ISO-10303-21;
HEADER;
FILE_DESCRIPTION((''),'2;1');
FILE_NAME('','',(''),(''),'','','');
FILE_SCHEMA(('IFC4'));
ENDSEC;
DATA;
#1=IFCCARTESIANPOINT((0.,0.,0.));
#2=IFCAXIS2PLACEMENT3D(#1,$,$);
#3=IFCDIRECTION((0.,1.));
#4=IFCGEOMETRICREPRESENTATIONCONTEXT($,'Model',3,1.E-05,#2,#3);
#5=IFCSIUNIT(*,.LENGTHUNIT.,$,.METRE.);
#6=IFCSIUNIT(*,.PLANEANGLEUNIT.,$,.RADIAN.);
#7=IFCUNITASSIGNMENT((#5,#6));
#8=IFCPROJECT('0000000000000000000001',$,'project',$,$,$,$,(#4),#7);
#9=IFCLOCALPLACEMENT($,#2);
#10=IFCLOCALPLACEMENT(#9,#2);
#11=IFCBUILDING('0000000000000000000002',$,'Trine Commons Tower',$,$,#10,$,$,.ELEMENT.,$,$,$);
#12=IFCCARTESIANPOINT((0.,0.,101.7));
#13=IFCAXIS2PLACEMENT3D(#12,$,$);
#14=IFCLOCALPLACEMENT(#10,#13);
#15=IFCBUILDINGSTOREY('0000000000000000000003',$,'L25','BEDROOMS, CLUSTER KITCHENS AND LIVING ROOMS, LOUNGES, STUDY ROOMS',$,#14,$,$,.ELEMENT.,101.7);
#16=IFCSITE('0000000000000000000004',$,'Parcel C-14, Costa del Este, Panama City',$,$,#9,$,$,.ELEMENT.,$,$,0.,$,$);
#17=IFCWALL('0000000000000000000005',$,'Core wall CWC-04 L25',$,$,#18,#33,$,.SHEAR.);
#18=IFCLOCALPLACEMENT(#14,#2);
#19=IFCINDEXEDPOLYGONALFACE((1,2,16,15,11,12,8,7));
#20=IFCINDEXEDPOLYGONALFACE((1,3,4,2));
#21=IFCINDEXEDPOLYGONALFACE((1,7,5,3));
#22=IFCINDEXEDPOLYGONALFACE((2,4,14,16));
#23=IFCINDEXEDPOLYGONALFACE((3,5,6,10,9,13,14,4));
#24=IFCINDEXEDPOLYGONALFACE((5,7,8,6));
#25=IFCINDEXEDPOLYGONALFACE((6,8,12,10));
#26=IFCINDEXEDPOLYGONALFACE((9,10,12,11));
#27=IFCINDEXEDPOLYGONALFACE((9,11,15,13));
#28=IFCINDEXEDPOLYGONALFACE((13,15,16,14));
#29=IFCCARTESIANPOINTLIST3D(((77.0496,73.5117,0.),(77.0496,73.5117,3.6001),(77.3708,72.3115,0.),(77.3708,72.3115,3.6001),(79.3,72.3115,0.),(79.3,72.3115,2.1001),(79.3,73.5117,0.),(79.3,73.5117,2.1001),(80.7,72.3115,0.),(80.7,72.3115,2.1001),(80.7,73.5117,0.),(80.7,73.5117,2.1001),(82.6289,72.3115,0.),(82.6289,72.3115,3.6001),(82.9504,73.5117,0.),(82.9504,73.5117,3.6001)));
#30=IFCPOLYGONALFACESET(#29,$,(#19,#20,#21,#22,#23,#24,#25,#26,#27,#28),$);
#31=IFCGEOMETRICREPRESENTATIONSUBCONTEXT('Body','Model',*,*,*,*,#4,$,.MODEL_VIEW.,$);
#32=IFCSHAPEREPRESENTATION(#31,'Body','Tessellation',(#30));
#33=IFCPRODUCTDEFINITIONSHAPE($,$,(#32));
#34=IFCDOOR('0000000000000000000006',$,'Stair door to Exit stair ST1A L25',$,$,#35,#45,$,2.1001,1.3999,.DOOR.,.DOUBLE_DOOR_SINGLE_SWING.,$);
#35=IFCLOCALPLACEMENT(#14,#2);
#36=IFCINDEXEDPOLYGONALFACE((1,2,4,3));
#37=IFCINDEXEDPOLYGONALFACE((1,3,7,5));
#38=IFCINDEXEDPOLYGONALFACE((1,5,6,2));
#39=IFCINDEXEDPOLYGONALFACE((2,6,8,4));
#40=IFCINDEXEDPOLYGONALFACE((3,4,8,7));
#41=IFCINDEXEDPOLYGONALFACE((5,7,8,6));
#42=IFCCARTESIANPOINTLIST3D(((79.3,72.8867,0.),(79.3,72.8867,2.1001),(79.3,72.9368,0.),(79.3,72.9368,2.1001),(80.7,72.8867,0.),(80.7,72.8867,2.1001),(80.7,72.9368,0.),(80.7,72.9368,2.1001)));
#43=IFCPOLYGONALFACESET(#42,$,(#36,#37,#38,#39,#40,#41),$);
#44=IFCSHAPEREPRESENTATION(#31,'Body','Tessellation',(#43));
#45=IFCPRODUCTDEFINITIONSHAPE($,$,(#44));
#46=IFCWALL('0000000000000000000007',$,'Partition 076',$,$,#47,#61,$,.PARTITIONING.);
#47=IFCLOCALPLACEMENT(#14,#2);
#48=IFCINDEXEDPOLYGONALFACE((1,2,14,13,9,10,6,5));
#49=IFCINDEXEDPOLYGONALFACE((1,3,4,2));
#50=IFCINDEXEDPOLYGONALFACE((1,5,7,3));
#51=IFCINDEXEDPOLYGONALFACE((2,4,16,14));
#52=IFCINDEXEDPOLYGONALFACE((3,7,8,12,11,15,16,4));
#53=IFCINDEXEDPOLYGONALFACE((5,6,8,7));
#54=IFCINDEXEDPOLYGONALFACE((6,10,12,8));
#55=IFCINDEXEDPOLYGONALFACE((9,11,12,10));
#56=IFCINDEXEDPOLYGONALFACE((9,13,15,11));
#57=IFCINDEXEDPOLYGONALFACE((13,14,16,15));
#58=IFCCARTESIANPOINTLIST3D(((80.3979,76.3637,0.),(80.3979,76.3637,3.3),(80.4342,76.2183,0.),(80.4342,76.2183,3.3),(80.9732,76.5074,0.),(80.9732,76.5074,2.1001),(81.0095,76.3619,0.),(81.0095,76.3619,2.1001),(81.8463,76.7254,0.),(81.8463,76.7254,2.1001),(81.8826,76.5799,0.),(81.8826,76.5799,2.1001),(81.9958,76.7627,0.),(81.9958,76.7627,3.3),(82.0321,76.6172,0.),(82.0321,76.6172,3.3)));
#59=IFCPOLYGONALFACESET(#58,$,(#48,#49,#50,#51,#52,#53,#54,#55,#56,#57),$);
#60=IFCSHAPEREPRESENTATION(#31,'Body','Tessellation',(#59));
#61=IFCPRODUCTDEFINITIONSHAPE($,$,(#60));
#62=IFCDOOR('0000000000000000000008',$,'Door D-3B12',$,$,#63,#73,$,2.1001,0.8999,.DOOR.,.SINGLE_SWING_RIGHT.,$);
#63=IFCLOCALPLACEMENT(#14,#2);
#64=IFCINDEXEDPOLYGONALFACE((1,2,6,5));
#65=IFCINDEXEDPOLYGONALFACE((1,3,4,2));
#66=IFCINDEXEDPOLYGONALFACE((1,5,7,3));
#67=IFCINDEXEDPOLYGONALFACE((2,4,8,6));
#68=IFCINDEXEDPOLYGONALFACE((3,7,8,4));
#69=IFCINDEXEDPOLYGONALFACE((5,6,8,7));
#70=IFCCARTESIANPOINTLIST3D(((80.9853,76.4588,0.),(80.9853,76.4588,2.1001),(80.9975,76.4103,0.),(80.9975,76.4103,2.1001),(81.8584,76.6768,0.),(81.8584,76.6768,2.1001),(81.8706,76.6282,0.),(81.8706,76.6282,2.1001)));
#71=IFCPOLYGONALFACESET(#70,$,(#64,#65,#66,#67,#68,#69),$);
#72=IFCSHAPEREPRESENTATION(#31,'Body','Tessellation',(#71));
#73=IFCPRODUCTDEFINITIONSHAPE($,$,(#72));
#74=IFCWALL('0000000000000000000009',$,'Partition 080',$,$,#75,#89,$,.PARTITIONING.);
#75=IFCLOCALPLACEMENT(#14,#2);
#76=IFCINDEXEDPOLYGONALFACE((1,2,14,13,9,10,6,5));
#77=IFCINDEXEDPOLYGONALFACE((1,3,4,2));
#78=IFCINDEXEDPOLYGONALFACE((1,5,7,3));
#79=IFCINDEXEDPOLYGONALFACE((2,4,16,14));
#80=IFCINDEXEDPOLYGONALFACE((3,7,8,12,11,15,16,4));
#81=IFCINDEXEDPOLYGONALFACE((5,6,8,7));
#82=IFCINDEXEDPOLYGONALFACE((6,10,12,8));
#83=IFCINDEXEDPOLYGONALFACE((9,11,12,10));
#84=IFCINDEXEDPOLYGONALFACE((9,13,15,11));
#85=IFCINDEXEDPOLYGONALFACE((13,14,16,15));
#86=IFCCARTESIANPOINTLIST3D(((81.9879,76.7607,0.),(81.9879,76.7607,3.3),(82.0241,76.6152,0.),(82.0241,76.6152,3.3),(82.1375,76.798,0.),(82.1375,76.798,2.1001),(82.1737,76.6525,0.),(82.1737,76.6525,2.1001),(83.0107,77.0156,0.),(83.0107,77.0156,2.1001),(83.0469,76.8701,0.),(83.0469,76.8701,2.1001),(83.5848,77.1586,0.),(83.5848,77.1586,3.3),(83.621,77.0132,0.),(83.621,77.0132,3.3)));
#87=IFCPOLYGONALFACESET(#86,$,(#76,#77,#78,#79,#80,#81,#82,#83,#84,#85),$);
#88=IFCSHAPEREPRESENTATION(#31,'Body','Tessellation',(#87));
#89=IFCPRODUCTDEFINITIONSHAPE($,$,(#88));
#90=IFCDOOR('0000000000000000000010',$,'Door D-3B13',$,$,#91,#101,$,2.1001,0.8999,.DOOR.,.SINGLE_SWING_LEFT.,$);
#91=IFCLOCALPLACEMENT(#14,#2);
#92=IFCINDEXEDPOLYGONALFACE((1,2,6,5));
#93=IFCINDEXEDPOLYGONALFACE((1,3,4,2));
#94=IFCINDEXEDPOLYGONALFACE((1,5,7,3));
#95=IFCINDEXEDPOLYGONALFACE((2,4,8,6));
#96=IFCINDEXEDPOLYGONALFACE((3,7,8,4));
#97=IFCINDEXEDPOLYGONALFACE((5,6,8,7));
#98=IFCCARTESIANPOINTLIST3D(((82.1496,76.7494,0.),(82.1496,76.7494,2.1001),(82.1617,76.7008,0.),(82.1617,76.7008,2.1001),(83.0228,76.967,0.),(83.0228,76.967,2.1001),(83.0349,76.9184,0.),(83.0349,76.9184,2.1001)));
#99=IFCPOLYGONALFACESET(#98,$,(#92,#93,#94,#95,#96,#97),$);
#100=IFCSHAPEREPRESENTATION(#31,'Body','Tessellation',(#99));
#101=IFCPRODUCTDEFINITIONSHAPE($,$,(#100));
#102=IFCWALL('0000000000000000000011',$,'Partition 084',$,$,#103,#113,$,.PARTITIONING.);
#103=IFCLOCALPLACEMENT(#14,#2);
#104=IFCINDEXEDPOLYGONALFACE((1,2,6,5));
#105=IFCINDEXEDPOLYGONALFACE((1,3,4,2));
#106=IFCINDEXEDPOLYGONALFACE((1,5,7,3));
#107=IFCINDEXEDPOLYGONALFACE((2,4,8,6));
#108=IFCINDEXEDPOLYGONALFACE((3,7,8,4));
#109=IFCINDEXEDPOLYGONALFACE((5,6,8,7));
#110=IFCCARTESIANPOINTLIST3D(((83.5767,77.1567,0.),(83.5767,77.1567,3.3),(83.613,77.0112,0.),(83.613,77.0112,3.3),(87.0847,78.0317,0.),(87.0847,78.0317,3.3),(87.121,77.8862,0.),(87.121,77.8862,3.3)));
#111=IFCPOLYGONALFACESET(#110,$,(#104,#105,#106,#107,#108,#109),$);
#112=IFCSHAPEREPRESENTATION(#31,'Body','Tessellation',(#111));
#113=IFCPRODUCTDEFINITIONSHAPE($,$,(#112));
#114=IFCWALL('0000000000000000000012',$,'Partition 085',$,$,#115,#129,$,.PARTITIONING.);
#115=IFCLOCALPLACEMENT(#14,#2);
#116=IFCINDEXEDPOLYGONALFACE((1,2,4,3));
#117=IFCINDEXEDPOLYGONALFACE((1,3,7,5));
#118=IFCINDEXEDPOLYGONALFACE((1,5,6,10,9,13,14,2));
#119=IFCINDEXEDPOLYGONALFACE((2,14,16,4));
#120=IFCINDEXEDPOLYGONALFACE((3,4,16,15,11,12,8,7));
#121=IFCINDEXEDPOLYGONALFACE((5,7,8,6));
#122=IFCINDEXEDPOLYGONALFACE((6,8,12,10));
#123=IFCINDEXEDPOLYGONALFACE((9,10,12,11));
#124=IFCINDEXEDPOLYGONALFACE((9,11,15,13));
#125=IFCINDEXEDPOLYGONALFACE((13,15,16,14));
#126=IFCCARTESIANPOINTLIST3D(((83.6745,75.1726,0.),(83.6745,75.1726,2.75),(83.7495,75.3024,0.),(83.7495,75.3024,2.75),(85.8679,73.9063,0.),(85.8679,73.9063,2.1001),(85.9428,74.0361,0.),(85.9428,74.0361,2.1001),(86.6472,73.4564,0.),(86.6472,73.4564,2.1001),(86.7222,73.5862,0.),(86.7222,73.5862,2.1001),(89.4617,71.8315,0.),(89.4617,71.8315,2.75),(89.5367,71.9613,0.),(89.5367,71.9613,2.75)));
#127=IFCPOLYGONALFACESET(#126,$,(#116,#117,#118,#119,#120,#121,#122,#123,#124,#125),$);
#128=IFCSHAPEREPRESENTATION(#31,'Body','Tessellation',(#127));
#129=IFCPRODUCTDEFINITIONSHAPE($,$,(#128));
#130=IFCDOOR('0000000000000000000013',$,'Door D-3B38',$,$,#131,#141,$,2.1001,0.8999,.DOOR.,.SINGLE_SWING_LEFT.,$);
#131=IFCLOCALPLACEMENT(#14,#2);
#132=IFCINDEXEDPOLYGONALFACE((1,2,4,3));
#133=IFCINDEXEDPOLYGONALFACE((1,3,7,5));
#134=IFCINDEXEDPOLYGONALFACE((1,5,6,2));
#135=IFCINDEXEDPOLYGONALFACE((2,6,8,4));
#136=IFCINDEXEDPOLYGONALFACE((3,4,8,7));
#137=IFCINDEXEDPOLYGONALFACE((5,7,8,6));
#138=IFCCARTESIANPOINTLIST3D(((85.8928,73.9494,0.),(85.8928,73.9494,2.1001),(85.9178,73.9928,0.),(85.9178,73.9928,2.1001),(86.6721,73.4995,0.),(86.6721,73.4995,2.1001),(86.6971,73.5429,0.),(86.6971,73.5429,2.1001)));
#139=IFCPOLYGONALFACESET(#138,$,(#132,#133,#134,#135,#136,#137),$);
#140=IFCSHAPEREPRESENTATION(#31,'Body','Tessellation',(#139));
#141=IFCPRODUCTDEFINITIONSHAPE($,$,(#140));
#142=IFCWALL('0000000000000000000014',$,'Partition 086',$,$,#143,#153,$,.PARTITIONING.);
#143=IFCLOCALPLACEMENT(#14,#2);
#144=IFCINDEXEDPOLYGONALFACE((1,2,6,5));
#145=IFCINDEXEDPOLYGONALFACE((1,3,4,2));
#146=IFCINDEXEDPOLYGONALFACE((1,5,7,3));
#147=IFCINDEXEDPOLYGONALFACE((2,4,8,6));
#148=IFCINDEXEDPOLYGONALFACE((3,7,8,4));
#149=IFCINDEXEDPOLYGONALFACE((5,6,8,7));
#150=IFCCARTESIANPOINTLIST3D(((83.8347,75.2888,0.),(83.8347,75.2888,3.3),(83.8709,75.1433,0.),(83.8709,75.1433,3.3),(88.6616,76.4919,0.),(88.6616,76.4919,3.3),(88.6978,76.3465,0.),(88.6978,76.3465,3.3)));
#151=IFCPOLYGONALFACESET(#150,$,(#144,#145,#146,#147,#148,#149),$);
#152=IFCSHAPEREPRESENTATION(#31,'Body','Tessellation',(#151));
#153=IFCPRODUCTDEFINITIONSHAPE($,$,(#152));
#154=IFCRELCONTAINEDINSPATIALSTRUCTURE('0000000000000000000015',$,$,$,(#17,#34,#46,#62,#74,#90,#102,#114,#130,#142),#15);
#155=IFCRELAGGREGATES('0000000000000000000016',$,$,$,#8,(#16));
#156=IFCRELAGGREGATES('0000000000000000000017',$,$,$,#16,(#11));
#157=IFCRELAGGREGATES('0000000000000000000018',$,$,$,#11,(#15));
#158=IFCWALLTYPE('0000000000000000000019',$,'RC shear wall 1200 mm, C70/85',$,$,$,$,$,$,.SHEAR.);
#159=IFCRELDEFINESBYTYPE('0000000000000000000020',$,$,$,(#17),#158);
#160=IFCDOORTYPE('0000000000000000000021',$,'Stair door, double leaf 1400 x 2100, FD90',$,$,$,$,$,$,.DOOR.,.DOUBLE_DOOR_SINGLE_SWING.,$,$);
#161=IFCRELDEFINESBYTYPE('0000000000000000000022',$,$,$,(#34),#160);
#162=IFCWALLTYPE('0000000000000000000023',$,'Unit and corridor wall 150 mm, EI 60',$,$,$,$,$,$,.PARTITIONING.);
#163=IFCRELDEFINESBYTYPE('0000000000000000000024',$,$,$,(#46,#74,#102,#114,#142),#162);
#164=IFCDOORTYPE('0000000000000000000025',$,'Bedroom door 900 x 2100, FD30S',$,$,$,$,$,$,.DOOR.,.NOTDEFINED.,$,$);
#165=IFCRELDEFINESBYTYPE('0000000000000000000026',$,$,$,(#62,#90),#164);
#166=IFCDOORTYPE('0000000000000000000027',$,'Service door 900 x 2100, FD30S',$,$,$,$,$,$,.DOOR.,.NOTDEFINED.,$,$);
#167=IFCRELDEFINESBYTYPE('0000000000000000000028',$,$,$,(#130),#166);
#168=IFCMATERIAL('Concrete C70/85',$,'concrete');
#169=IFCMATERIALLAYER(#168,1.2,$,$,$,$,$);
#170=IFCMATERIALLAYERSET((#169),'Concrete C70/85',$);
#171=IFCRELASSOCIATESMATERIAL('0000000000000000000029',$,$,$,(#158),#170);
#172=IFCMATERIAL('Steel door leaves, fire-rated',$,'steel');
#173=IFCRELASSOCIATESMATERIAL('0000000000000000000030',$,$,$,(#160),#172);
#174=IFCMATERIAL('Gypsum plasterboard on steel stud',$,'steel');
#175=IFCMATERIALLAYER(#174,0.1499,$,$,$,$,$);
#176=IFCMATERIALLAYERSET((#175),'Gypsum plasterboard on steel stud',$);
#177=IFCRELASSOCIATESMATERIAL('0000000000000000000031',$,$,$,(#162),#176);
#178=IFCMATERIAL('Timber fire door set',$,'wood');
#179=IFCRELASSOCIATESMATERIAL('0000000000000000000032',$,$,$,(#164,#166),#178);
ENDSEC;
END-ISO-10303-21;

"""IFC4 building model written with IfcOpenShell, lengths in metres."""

from ifc_helpers import new_model, si_unit, direction, frame, frame_2d, origin, place, context, subcontext, project, spatial, polyline, rectangle, outline, extrude, material, layer, layer_set, type_object, element, fill, save


model = new_model("IFC4")

# Units and contexts
model_context = context("Model", 3, precision=1e-05, world=origin(), true_north=direction((0.0, 1.0)))
body_context = subcontext(model_context, "Body", "Model", "MODEL_VIEW")
ifc_project = project(units=[si_unit("LENGTHUNIT", "METRE"), si_unit("PLANEANGLEUNIT", "RADIAN")], contexts=[model_context])

# Site, building, storey
site_placement = place(None, origin())
site = spatial("IfcSite", under=ifc_project, at=site_placement, Name="Parcel C-14, Costa del Este, Panama City", CompositionType="ELEMENT", RefElevation=0.0)
building_placement = place(site_placement, origin())
building = spatial("IfcBuilding", under=site, at=building_placement, Name="Trine Commons Tower", CompositionType="ELEMENT")
storey_placement = place(building_placement, frame((0.0, 0.0, 101.7)))
storey = spatial("IfcBuildingStorey", under=building, at=storey_placement, Name="L25", Description="BEDROOMS, CLUSTER KITCHENS AND LIVING ROOMS, LOUNGES, STUDY ROOMS", CompositionType="ELEMENT", Elevation=101.7)

# Walls, openings, doors
ifc_material_1 = material(Name="Concrete C70/85", Category="concrete")
ifc_layer_1 = layer(ifc_material_1, 1.2)
ifc_layer_set_1 = layer_set([ifc_layer_1], Name="Concrete C70/85")
wall_type_1 = type_object("IfcWallType", Name="RC shear wall 1200 mm, C70/85", PredefinedType="SHEAR", material=ifc_layer_set_1)
wall_1_placement = place(storey_placement, frame((82.9504, 72.9116, 0.0), z_axis=(0.0, 0.0, 1.0), x_axis=(-1.0, 0.0, 0.0)))
wall_1 = element("IfcWall", 1, at=wall_1_placement, inside=storey, type_object=wall_type_1, Name="Core wall CWC-04 L25", PredefinedType="SHEAR", context=body_context, shape_type="SweptSolid", body=[
    extrude(outline(polyline([(0.0, -0.6001), (5.9009, -0.6001), (5.5796, 0.6001), (0.3215, 0.6001), (0.0, -0.6001)])), origin(), (0.0, 0.0, 1.0), 3.6001),
])
opening_1_placement = place(wall_1_placement, frame((2.2505, 0.0, 0.0)))
opening_1 = element("IfcOpeningElement", 2, at=opening_1_placement, cuts=wall_1, PredefinedType="OPENING", context=body_context, shape_type="SweptSolid", body=[
    extrude(rectangle(XDim=1.3999, YDim=2.1001, at=frame_2d((0.7, 1.05))), frame((0.0, 0.6099, 0.0), z_axis=(0.0, -1.0, 0.0), x_axis=(1.0, 0.0, 0.0)), (0.0, 0.0, 1.0), 1.22),
])
ifc_material_2 = material(Name="Steel door leaves, fire-rated", Category="steel")
door_type_1 = type_object("IfcDoorType", Name="Stair door, double leaf 1400 x 2100, FD90", OperationType="DOUBLE_DOOR_SINGLE_SWING", PredefinedType="DOOR", material=ifc_material_2)
door_1_placement = place(opening_1_placement, origin())
door_1 = element("IfcDoor", 3, at=door_1_placement, inside=storey, type_object=door_type_1, Name="Stair door to Exit stair ST1A L25", OperationType="DOUBLE_DOOR_SINGLE_SWING", OverallHeight=2.1001, OverallWidth=1.3999, PredefinedType="DOOR", context=body_context, shape_type="SweptSolid", body=[
    extrude(rectangle(XDim=1.3999, YDim=2.1001, at=frame_2d((0.7, 1.05))), frame((0.0, 0.0249, 0.0), z_axis=(0.0, -1.0, 0.0), x_axis=(1.0, 0.0, 0.0)), (0.0, 0.0, 1.0), 0.05),
])
fill(opening_1, door_1)
ifc_material_3 = material(Name="Gypsum plasterboard on steel stud", Category="steel")
ifc_layer_2 = layer(ifc_material_3, 0.1499)
ifc_layer_set_2 = layer_set([ifc_layer_2], Name="Gypsum plasterboard on steel stud")
wall_type_2 = type_object("IfcWallType", Name="Unit and corridor wall 150 mm, EI 60", PredefinedType="PARTITIONING", material=ifc_layer_set_2)
wall_2_placement = place(storey_placement, frame((80.416, 76.291, 0.0), z_axis=(0.0, 0.0, 1.0), x_axis=(0.970221, 0.242222, 0.0)))
wall_2 = element("IfcWall", 4, at=wall_2_placement, inside=storey, type_object=wall_type_2, Name="Partition 076", PredefinedType="PARTITIONING", context=body_context, shape_type="SweptSolid", body=[
    extrude(rectangle(XDim=1.647, YDim=0.1499, at=frame_2d((0.8235, 0.0))), origin(), (0.0, 0.0, 1.0), 3.3),
])
opening_2_placement = place(wall_2_placement, frame((0.593, 0.0, 0.0)))
opening_2 = element("IfcOpeningElement", 5, at=opening_2_placement, cuts=wall_2, PredefinedType="OPENING", context=body_context, shape_type="SweptSolid", body=[
    extrude(rectangle(XDim=0.8999, YDim=2.1001, at=frame_2d((0.45, 1.05))), frame((0.0, 0.085, 0.0), z_axis=(0.0, -1.0, 0.0), x_axis=(1.0, 0.0, 0.0)), (0.0, 0.0, 1.0), 0.1699),
])
ifc_material_4 = material(Name="Timber fire door set", Category="wood")
door_type_2 = type_object("IfcDoorType", Name="Bedroom door 900 x 2100, FD30S", OperationType="NOTDEFINED", PredefinedType="DOOR", material=ifc_material_4)
door_2_placement = place(opening_2_placement, origin())
door_2 = element("IfcDoor", 6, at=door_2_placement, inside=storey, type_object=door_type_2, Name="Door D-3B12", OperationType="SINGLE_SWING_RIGHT", OverallHeight=2.1001, OverallWidth=0.8999, PredefinedType="DOOR", context=body_context, shape_type="SweptSolid", body=[
    extrude(rectangle(XDim=0.8999, YDim=2.1001, at=frame_2d((0.45, 1.05))), frame((0.0, 0.0249, 0.0), z_axis=(0.0, -1.0, 0.0), x_axis=(1.0, 0.0, 0.0)), (0.0, 0.0, 1.0), 0.05),
])
fill(opening_2, door_2)
wall_3_placement = place(storey_placement, frame((82.0061, 76.688, 0.0), z_axis=(0.0, 0.0, 1.0), x_axis=(0.970325, 0.241803, 0.0)))
wall_3 = element("IfcWall", 7, at=wall_3_placement, inside=storey, type_object=wall_type_2, Name="Partition 080", PredefinedType="PARTITIONING", context=body_context, shape_type="SweptSolid", body=[
    extrude(rectangle(XDim=1.6458, YDim=0.1499, at=frame_2d((0.8228, 0.0))), origin(), (0.0, 0.0, 1.0), 3.3),
])
opening_3_placement = place(wall_3_placement, frame((0.1541, 0.0, 0.0)))
opening_3 = element("IfcOpeningElement", 8, at=opening_3_placement, cuts=wall_3, PredefinedType="OPENING", context=body_context, shape_type="SweptSolid", body=[
    extrude(rectangle(XDim=0.8999, YDim=2.1001, at=frame_2d((0.45, 1.05))), frame((0.0, 0.085, 0.0), z_axis=(0.0, -1.0, 0.0), x_axis=(1.0, 0.0, 0.0)), (0.0, 0.0, 1.0), 0.1699),
])
door_3_placement = place(opening_3_placement, origin())
door_3 = element("IfcDoor", 9, at=door_3_placement, inside=storey, type_object=door_type_2, Name="Door D-3B13", OperationType="SINGLE_SWING_LEFT", OverallHeight=2.1001, OverallWidth=0.8999, PredefinedType="DOOR", context=body_context, shape_type="SweptSolid", body=[
    extrude(rectangle(XDim=0.8999, YDim=2.1001, at=frame_2d((0.45, 1.05))), frame((0.0, 0.0249, 0.0), z_axis=(0.0, -1.0, 0.0), x_axis=(1.0, 0.0, 0.0)), (0.0, 0.0, 1.0), 0.05),
])
fill(opening_3, door_3)

# Wall
wall_4_placement = place(storey_placement, frame((83.595, 77.084, 0.0), z_axis=(0.0, 0.0, 1.0), x_axis=(0.970273, 0.242011, 0.0)))
element("IfcWall", 10, at=wall_4_placement, inside=storey, type_object=wall_type_2, Name="Partition 084", PredefinedType="PARTITIONING", context=body_context, shape_type="SweptSolid", body=[
    extrude(rectangle(XDim=3.6155, YDim=0.1499, at=frame_2d((1.8076, 0.0))), origin(), (0.0, 0.0, 1.0), 3.3),
])

# Wall, opening, door
wall_5_placement = place(storey_placement, frame((83.7119, 75.2375, 0.0), z_axis=(0.0, 0.0, 1.0), x_axis=(0.866033, -0.499986, 0.0)))
wall_5 = element("IfcWall", 11, at=wall_5_placement, inside=storey, type_object=wall_type_2, Name="Partition 085", PredefinedType="PARTITIONING", context=body_context, shape_type="SweptSolid", body=[
    extrude(rectangle(XDim=6.6824, YDim=0.1499, at=frame_2d((3.3413, 0.0))), origin(), (0.0, 0.0, 1.0), 2.75),
])
opening_4_placement = place(wall_5_placement, frame((2.5327, 0.0, 0.0)))
opening_4 = element("IfcOpeningElement", 12, at=opening_4_placement, cuts=wall_5, PredefinedType="OPENING", context=body_context, shape_type="SweptSolid", body=[
    extrude(rectangle(XDim=0.8999, YDim=2.1001, at=frame_2d((0.45, 1.05))), frame((0.0, 0.085, 0.0), z_axis=(0.0, -1.0, 0.0), x_axis=(1.0, 0.0, 0.0)), (0.0, 0.0, 1.0), 0.1699),
])
door_type_3 = type_object("IfcDoorType", Name="Service door 900 x 2100, FD30S", OperationType="NOTDEFINED", PredefinedType="DOOR", material=ifc_material_4)
door_4_placement = place(opening_4_placement, origin())
door_4 = element("IfcDoor", 13, at=door_4_placement, inside=storey, type_object=door_type_3, Name="Door D-3B38", OperationType="SINGLE_SWING_LEFT", OverallHeight=2.1001, OverallWidth=0.8999, PredefinedType="DOOR", context=body_context, shape_type="SweptSolid", body=[
    extrude(rectangle(XDim=0.8999, YDim=2.1001, at=frame_2d((0.45, 1.05))), frame((0.0, 0.0249, 0.0), z_axis=(0.0, -1.0, 0.0), x_axis=(1.0, 0.0, 0.0)), (0.0, 0.0, 1.0), 0.05),
])
fill(opening_4, door_4)

# Wall
wall_6_placement = place(storey_placement, frame((83.8528, 75.2161, 0.0), z_axis=(0.0, 0.0, 1.0), x_axis=(0.970313, 0.241854, 0.0)))
element("IfcWall", 14, at=wall_6_placement, inside=storey, type_object=wall_type_2, Name="Partition 086", PredefinedType="PARTITIONING", context=body_context, shape_type="SweptSolid", body=[
    extrude(rectangle(XDim=4.9746, YDim=0.1499, at=frame_2d((2.4873, 0.0))), origin(), (0.0, 0.0, 1.0), 3.3),
])

save(model, "model.ifc")
